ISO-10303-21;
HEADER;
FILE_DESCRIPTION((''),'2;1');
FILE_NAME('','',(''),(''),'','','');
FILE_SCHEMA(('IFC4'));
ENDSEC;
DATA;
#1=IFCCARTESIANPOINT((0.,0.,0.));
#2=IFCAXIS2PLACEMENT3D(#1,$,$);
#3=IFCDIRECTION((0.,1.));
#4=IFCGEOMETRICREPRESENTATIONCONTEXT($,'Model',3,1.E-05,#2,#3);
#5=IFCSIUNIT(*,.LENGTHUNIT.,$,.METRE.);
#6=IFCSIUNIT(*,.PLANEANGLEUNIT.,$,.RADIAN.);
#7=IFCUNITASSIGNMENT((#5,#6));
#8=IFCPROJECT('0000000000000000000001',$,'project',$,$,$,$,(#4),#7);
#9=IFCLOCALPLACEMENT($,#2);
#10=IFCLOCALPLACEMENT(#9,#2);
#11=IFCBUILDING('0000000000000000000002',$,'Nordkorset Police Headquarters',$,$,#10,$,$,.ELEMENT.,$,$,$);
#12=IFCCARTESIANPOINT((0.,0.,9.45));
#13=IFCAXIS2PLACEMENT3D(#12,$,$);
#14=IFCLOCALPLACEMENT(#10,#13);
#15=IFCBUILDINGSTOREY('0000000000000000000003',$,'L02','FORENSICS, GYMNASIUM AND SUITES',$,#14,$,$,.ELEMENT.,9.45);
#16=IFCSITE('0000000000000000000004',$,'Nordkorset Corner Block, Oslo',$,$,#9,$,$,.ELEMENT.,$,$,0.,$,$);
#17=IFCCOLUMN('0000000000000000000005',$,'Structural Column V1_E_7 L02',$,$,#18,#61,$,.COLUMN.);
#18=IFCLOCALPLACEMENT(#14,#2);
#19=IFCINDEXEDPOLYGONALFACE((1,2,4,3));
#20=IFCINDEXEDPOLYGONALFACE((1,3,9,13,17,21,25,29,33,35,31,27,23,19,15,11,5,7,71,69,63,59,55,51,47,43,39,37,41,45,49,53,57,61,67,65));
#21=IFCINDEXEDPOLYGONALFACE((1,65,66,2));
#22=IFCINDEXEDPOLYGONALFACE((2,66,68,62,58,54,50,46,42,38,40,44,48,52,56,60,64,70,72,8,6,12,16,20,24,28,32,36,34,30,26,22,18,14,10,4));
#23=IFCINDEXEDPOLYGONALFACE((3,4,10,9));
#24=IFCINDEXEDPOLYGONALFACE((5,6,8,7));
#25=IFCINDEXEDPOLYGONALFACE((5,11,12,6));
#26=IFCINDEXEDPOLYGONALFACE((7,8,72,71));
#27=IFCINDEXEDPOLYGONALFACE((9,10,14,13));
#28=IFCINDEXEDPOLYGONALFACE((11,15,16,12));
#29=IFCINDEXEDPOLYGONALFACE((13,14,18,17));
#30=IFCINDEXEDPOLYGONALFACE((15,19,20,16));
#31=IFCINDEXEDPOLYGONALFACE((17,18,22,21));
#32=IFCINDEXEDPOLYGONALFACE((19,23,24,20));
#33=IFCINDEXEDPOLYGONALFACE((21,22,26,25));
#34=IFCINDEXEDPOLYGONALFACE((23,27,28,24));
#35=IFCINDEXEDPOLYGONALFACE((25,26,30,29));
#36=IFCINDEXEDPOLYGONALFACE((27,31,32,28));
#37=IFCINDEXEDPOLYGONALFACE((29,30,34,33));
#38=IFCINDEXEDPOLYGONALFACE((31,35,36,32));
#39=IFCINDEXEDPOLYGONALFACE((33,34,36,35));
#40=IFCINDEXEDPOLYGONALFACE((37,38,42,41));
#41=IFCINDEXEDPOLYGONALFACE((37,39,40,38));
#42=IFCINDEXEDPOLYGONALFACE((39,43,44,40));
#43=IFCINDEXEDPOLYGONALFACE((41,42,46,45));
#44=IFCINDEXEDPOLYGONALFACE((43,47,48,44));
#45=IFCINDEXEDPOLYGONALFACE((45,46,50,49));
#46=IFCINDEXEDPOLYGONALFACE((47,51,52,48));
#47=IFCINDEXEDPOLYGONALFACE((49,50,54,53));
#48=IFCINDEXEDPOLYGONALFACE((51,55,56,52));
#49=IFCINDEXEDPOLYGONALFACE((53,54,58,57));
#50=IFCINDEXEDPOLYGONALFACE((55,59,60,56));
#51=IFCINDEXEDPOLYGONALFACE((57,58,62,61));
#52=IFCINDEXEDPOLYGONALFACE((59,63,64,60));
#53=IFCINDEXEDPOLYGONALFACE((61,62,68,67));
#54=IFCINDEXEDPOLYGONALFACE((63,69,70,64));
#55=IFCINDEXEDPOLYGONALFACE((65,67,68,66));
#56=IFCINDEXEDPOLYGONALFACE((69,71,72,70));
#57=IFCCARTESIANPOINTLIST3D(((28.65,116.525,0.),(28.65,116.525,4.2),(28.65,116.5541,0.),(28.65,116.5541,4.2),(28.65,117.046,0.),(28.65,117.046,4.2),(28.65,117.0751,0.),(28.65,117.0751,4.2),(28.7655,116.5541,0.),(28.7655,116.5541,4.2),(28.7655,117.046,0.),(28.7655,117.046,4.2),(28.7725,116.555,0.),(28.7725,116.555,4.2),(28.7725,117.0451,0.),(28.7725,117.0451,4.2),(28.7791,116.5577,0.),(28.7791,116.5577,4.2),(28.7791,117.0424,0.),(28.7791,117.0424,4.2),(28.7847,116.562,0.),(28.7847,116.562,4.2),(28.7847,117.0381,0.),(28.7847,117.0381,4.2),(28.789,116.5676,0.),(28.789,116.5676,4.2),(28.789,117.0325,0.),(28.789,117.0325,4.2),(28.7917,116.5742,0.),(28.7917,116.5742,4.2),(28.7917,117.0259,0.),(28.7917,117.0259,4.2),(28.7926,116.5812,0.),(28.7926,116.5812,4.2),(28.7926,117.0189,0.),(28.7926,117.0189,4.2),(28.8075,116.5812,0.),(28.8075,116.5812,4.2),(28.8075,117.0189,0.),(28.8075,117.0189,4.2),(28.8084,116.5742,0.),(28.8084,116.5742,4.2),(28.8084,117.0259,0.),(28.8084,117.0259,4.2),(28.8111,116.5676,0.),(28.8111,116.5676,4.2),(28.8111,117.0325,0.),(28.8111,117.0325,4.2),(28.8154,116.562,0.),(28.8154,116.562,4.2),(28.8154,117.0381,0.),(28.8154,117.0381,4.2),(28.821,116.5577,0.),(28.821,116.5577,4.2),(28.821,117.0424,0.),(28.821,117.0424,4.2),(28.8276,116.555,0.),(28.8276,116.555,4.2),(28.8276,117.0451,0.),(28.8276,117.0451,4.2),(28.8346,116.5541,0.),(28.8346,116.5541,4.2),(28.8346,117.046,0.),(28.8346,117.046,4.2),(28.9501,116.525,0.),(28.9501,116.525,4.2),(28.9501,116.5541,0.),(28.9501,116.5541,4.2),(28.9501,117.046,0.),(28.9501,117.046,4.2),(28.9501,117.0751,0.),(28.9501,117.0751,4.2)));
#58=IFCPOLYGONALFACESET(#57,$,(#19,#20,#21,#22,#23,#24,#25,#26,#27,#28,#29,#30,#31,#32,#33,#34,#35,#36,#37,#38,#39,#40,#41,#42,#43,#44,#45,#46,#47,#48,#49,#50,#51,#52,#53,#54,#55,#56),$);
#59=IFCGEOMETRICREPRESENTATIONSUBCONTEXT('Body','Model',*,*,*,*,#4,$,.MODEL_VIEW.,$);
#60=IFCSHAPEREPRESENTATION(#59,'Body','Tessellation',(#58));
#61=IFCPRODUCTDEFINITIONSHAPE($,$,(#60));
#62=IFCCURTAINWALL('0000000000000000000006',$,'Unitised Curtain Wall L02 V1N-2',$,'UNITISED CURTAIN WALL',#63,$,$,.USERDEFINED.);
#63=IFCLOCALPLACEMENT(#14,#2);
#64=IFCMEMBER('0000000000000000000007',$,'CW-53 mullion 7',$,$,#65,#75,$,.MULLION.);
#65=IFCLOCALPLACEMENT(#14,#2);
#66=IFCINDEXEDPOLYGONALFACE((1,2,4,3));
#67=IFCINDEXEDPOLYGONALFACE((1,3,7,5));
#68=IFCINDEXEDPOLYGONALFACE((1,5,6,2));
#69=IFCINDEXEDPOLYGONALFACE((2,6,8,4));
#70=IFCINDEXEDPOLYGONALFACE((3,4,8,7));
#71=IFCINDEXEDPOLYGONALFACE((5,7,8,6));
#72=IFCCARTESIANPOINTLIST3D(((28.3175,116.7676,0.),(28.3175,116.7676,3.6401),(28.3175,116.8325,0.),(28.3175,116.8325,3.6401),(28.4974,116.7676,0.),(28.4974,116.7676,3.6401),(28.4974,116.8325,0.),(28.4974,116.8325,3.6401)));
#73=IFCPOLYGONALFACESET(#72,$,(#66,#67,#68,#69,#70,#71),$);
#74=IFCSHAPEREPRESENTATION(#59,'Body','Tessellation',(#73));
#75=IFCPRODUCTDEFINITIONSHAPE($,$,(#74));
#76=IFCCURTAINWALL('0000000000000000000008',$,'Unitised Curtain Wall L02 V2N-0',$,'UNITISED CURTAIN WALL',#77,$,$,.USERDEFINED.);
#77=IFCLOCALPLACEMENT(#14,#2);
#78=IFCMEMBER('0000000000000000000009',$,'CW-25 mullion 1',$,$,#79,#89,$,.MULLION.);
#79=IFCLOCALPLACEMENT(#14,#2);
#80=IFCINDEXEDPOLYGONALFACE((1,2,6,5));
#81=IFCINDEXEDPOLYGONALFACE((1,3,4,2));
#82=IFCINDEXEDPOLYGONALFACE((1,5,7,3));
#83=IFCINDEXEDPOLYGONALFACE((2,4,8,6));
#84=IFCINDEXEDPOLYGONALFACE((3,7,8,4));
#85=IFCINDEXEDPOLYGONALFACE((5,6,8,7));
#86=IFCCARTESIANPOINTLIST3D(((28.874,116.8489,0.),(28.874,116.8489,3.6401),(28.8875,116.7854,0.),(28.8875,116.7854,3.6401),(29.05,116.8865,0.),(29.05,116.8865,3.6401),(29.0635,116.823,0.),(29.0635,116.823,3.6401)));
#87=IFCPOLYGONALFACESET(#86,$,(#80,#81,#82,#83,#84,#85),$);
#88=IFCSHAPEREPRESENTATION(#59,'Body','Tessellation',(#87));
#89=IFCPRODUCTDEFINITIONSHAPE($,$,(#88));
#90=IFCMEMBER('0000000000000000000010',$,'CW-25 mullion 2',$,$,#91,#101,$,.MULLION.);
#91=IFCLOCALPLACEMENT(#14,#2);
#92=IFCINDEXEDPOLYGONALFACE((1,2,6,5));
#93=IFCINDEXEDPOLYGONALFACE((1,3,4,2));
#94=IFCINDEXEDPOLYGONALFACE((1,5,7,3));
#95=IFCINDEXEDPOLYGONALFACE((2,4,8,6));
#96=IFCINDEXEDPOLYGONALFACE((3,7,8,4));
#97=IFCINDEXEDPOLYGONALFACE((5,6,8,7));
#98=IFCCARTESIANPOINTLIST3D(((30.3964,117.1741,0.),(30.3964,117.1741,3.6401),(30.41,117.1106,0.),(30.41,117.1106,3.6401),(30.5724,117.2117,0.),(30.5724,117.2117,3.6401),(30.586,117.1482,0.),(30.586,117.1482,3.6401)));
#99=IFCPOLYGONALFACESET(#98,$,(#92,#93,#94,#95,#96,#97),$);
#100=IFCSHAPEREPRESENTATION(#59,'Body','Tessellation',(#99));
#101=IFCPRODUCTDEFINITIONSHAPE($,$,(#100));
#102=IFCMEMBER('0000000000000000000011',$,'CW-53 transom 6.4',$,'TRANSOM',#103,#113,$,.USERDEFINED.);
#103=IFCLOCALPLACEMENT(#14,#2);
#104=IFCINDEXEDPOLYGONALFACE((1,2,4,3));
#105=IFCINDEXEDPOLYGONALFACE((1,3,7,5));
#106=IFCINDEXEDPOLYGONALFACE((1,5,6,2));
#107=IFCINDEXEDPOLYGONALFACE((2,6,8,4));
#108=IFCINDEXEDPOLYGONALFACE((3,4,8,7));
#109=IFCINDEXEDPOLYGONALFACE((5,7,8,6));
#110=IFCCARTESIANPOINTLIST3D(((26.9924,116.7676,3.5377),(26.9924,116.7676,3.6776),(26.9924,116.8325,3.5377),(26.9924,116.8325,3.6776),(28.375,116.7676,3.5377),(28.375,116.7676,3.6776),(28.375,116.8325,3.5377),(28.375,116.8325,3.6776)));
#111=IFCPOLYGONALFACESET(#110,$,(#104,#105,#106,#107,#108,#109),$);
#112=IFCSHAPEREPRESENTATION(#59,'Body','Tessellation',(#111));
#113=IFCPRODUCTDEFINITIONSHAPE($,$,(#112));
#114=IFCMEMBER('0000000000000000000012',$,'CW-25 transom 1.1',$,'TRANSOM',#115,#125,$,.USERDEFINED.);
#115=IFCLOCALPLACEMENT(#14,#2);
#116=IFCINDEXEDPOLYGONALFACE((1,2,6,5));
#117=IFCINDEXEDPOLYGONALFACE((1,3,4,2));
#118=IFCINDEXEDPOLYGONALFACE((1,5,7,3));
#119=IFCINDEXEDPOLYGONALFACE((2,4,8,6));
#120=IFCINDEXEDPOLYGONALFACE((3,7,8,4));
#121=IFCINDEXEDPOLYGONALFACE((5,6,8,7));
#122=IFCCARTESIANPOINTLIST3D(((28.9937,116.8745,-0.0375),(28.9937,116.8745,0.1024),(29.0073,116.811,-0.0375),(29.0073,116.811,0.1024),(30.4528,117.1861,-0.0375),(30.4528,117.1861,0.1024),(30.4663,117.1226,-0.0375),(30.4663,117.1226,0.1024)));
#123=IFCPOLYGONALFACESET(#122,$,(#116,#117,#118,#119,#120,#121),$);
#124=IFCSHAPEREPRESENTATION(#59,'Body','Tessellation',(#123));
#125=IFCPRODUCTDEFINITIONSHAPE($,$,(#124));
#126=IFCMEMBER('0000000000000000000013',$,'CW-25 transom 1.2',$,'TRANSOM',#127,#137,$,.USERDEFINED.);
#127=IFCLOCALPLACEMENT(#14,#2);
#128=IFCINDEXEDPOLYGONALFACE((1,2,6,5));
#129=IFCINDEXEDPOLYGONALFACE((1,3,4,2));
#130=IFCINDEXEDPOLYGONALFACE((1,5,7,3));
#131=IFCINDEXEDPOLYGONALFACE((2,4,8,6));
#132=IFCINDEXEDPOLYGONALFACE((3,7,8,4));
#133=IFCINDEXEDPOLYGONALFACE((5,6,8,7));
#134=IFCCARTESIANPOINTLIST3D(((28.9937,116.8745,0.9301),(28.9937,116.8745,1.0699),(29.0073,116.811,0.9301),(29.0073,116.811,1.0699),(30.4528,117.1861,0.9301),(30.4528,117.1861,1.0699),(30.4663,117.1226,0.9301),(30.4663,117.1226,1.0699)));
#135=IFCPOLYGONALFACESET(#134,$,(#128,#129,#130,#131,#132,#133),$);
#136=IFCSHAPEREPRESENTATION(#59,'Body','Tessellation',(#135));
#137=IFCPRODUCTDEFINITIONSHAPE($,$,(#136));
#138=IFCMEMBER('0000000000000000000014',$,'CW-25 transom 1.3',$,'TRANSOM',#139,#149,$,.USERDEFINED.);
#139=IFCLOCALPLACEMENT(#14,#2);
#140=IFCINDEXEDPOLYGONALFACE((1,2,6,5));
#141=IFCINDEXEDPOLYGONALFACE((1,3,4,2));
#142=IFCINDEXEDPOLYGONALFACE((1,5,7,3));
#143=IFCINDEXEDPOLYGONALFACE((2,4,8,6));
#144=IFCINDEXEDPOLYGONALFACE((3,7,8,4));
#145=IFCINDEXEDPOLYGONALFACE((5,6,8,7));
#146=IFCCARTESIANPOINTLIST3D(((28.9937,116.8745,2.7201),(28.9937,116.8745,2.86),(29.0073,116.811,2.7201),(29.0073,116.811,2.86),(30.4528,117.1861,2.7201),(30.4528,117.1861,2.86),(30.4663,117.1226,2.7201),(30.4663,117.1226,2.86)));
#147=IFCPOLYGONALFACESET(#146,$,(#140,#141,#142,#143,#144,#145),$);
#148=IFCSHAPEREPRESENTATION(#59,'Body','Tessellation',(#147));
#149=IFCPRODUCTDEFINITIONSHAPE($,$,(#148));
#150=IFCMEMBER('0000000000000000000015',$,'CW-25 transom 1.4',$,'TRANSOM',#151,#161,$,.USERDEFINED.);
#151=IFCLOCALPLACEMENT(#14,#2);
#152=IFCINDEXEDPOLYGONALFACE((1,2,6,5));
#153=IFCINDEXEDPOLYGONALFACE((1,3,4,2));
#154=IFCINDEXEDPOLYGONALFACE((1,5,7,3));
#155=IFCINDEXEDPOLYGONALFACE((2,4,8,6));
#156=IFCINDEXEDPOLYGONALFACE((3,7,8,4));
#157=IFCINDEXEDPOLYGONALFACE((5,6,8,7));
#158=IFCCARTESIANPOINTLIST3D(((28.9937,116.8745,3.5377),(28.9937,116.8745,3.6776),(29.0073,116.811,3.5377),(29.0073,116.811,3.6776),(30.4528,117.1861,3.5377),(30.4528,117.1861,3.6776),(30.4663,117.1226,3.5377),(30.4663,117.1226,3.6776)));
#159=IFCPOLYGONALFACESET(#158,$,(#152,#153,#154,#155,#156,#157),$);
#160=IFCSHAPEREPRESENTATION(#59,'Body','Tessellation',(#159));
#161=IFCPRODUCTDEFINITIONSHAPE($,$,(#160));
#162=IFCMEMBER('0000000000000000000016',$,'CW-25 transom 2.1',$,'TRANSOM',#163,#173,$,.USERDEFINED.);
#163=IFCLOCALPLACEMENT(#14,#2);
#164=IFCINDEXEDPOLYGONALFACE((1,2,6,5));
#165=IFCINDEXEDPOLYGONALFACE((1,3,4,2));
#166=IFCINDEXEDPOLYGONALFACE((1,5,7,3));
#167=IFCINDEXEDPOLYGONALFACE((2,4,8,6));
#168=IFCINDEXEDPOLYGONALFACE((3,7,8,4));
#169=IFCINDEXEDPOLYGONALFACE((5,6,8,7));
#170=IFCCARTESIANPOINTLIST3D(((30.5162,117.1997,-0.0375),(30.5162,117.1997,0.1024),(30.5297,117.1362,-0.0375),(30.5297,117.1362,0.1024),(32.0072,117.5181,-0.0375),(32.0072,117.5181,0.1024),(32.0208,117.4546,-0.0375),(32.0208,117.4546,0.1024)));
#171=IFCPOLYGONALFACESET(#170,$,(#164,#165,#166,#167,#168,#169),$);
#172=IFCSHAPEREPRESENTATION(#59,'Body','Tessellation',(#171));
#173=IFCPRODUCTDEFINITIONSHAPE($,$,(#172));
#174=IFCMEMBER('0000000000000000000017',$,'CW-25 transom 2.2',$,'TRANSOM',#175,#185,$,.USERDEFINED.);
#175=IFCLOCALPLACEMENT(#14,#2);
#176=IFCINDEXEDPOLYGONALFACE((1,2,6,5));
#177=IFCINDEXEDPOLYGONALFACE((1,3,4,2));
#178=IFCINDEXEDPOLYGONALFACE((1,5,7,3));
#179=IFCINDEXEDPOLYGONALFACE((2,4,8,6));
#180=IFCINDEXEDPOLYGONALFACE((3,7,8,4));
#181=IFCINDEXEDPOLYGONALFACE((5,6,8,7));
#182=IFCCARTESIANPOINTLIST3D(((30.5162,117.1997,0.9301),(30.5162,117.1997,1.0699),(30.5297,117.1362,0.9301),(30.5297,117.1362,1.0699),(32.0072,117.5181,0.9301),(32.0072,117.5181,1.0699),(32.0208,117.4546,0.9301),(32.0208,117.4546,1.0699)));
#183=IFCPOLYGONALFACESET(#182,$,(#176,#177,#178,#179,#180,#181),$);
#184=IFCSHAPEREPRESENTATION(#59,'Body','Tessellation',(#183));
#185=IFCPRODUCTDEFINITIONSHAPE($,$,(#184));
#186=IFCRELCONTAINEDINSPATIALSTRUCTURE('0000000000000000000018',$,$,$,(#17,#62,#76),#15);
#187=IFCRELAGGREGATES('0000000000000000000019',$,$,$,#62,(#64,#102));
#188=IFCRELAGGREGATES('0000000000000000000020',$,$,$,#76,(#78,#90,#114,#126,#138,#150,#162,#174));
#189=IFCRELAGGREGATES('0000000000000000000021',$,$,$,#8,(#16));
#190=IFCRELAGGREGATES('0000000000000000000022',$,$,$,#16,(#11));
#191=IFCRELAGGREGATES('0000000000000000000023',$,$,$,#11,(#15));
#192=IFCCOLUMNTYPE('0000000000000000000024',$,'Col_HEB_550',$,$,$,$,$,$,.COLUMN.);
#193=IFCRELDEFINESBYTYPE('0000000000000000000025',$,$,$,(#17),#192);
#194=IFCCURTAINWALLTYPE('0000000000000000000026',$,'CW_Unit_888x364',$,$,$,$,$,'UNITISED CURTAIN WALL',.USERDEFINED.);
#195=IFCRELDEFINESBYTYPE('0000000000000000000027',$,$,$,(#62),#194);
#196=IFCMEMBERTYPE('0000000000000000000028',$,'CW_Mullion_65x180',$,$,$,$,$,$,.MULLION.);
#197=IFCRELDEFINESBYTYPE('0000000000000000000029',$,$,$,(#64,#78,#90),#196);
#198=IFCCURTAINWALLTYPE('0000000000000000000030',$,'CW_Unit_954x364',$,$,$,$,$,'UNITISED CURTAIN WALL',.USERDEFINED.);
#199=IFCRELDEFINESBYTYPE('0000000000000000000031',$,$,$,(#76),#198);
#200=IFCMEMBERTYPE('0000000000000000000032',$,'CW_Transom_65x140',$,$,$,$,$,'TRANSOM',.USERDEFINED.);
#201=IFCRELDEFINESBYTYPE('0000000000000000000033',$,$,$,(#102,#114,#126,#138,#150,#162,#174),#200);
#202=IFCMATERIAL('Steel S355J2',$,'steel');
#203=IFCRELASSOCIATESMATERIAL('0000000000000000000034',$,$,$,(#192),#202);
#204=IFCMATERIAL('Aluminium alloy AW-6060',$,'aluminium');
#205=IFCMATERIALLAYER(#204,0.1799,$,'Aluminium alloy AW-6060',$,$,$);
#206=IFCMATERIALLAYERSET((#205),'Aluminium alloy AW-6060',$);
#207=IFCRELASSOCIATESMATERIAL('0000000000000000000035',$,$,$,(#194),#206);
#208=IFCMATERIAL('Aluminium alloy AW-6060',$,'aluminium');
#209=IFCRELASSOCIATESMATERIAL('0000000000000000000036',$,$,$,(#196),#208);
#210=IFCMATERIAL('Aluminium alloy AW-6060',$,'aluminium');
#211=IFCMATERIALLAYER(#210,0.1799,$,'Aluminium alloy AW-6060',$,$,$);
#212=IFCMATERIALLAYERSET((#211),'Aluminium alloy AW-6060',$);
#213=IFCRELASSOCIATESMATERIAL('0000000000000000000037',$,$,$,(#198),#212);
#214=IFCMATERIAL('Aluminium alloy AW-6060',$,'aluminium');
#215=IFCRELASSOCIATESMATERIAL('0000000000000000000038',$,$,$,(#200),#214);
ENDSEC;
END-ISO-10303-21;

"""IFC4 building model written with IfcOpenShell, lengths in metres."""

from ifc_helpers import new_model, si_unit, direction, frame, origin, origin_2d, place, context, subcontext, project, spatial, rectangle, i_section, extrude, material, layer, layer_set, material_profile, profile_set, type_object, element, aggregate, save


model = new_model("IFC4")

# Units and contexts
model_context = context("Model", 3, precision=1e-05, world=origin(), true_north=direction((0.0, 1.0)))
body_context = subcontext(model_context, "Body", "Model", "MODEL_VIEW")
ifc_project = project(units=[si_unit("LENGTHUNIT", "METRE"), si_unit("PLANEANGLEUNIT", "RADIAN")], contexts=[model_context])

# Site, building, storey
site_placement = place(None, origin())
site = spatial("IfcSite", under=ifc_project, at=site_placement, Name="Nordkorset Corner Block, Oslo", CompositionType="ELEMENT", RefElevation=0.0)
building_placement = place(site_placement, origin())
building = spatial("IfcBuilding", under=site, at=building_placement, Name="Nordkorset Police Headquarters", CompositionType="ELEMENT")
storey_placement = place(building_placement, frame((0.0, 0.0, 9.45)))
storey = spatial("IfcBuildingStorey", under=building, at=storey_placement, Name="L02", Description="FORENSICS, GYMNASIUM AND SUITES", CompositionType="ELEMENT", Elevation=9.45)

# Column
ifc_material_1 = material(Name="Steel S355J2", Category="steel")
ifc_material_profile_1 = material_profile(ifc_material_1, i_section(OverallWidth=0.3, OverallDepth=0.55, WebThickness=0.0149, FlangeThickness=0.0291, FilletRadius=0.0271, at=origin_2d()), Name="HEB 550")
ifc_profile_set_1 = profile_set([ifc_material_profile_1], Name="Steel S355J2")
column_type = type_object("IfcColumnType", Name="Col_HEB_550", PredefinedType="COLUMN", material=ifc_profile_set_1)
column_placement = place(storey_placement, frame((28.8, 116.8, 0.0), z_axis=(0.0, 0.0, 1.0), x_axis=(1.0, 0.0, 0.0)))
element("IfcColumn", 1, at=column_placement, inside=storey, type_object=column_type, Name="Structural Column V1_E_7 L02", PredefinedType="COLUMN", context=body_context, shape_type="SweptSolid", body=[
    extrude(i_section(OverallWidth=0.3, OverallDepth=0.55, WebThickness=0.0149, FlangeThickness=0.0291, FilletRadius=0.0271, at=origin_2d()), origin(), (0.0, 0.0, 1.0), 4.2),
])

# Curtain wall, member
ifc_material_2 = material(Name="Aluminium alloy AW-6060", Category="aluminium")
ifc_layer_1 = layer(ifc_material_2, 0.1799, Name="Aluminium alloy AW-6060")
ifc_layer_set_1 = layer_set([ifc_layer_1], Name="Aluminium alloy AW-6060")
curtain_wall_type_1 = type_object("IfcCurtainWallType", Name="CW_Unit_888x364", ElementType="UNITISED CURTAIN WALL", PredefinedType="USERDEFINED", material=ifc_layer_set_1)
curtain_wall_1_placement = place(storey_placement, origin())
curtain_wall_1 = element("IfcCurtainWall", 2, at=curtain_wall_1_placement, inside=storey, type_object=curtain_wall_type_1, Name="Unitised Curtain Wall L02 V1N-2", ObjectType="UNITISED CURTAIN WALL", PredefinedType="USERDEFINED")
ifc_material_3 = material(Name="Aluminium alloy AW-6060", Category="aluminium")
ifc_material_profile_2 = material_profile(ifc_material_3, rectangle(XDim=0.0649, YDim=0.1799, at=origin_2d()), Name="ALU MULL 65x180")
ifc_profile_set_2 = profile_set([ifc_material_profile_2], Name="Aluminium alloy AW-6060")
member_type_1 = type_object("IfcMemberType", Name="CW_Mullion_65x180", PredefinedType="MULLION", material=ifc_profile_set_2)
member_1_placement = place(storey_placement, frame((28.4075, 116.8, 0.0), z_axis=(0.0, 0.0, 1.0), x_axis=(0.0, 1.0, 0.0)))
member_1 = element("IfcMember", 3, at=member_1_placement, type_object=member_type_1, Name="CW-53 mullion 7", PredefinedType="MULLION", context=body_context, shape_type="SweptSolid", body=[
    extrude(rectangle(XDim=0.0649, YDim=0.1799, at=origin_2d()), origin(), (0.0, 0.0, 1.0), 3.6401),
])

# Curtain wall, members
ifc_material_4 = material(Name="Aluminium alloy AW-6060", Category="aluminium")
ifc_layer_2 = layer(ifc_material_4, 0.1799, Name="Aluminium alloy AW-6060")
ifc_layer_set_2 = layer_set([ifc_layer_2], Name="Aluminium alloy AW-6060")
curtain_wall_type_2 = type_object("IfcCurtainWallType", Name="CW_Unit_954x364", ElementType="UNITISED CURTAIN WALL", PredefinedType="USERDEFINED", material=ifc_layer_set_2)
curtain_wall_2_placement = place(storey_placement, origin())
curtain_wall_2 = element("IfcCurtainWall", 4, at=curtain_wall_2_placement, inside=storey, type_object=curtain_wall_type_2, Name="Unitised Curtain Wall L02 V2N-0", ObjectType="UNITISED CURTAIN WALL", PredefinedType="USERDEFINED")
member_2_placement = place(storey_placement, frame((28.9688, 116.8359, 0.0), z_axis=(0.0, 0.0, 1.0), x_axis=(-0.208833, 0.977951, 0.0)))
member_2 = element("IfcMember", 5, at=member_2_placement, type_object=member_type_1, Name="CW-25 mullion 1", PredefinedType="MULLION", context=body_context, shape_type="SweptSolid", body=[
    extrude(rectangle(XDim=0.0649, YDim=0.1799, at=origin_2d()), origin(), (0.0, 0.0, 1.0), 3.6401),
])
member_3_placement = place(storey_placement, frame((30.4912, 117.1611, 0.0), z_axis=(0.0, 0.0, 1.0), x_axis=(-0.208833, 0.977951, 0.0)))
member_3 = element("IfcMember", 6, at=member_3_placement, type_object=member_type_1, Name="CW-25 mullion 2", PredefinedType="MULLION", context=body_context, shape_type="SweptSolid", body=[
    extrude(rectangle(XDim=0.0649, YDim=0.1799, at=origin_2d()), origin(), (0.0, 0.0, 1.0), 3.6401),
])

# Members
ifc_material_5 = material(Name="Aluminium alloy AW-6060", Category="aluminium")
ifc_material_profile_3 = material_profile(ifc_material_5, rectangle(XDim=0.0649, YDim=0.1399, at=origin_2d()), Name="ALU TRAN 65x140")
ifc_profile_set_3 = profile_set([ifc_material_profile_3], Name="Aluminium alloy AW-6060")
member_type_2 = type_object("IfcMemberType", Name="CW_Transom_65x140", ElementType="TRANSOM", PredefinedType="USERDEFINED", material=ifc_profile_set_3)
member_4_placement = place(storey_placement, frame((26.9924, 116.8, 3.6077), z_axis=(1.0, 0.0, 0.0), x_axis=(0.0, 1.0, 0.0)))
member_4 = element("IfcMember", 7, at=member_4_placement, type_object=member_type_2, Name="CW-53 transom 6.4", ObjectType="TRANSOM", PredefinedType="USERDEFINED", context=body_context, shape_type="SweptSolid", body=[
    extrude(rectangle(XDim=0.0649, YDim=0.1399, at=origin_2d()), origin(), (0.0, 0.0, 1.0), 1.3826),
])
member_5_placement = place(storey_placement, frame((29.0005, 116.8428, 0.0325), z_axis=(0.977955, 0.208814, 0.0), x_axis=(-0.208814, 0.977955, 0.0)))
member_5 = element("IfcMember", 8, at=member_5_placement, type_object=member_type_2, Name="CW-25 transom 1.1", ObjectType="TRANSOM", PredefinedType="USERDEFINED", context=body_context, shape_type="SweptSolid", body=[
    extrude(rectangle(XDim=0.0649, YDim=0.1399, at=origin_2d()), origin(), (0.0, 0.0, 1.0), 1.4919),
])
member_6_placement = place(storey_placement, frame((29.0005, 116.8428, 1.0), z_axis=(0.977955, 0.208814, 0.0), x_axis=(-0.208814, 0.977955, 0.0)))
member_6 = element("IfcMember", 9, at=member_6_placement, type_object=member_type_2, Name="CW-25 transom 1.2", ObjectType="TRANSOM", PredefinedType="USERDEFINED", context=body_context, shape_type="SweptSolid", body=[
    extrude(rectangle(XDim=0.0649, YDim=0.1399, at=origin_2d()), origin(), (0.0, 0.0, 1.0), 1.4919),
])
member_7_placement = place(storey_placement, frame((29.0005, 116.8428, 2.79), z_axis=(0.977955, 0.208814, 0.0), x_axis=(-0.208814, 0.977955, 0.0)))
member_7 = element("IfcMember", 10, at=member_7_placement, type_object=member_type_2, Name="CW-25 transom 1.3", ObjectType="TRANSOM", PredefinedType="USERDEFINED", context=body_context, shape_type="SweptSolid", body=[
    extrude(rectangle(XDim=0.0649, YDim=0.1399, at=origin_2d()), origin(), (0.0, 0.0, 1.0), 1.4919),
])
member_8_placement = place(storey_placement, frame((29.0005, 116.8428, 3.6077), z_axis=(0.977955, 0.208814, 0.0), x_axis=(-0.208814, 0.977955, 0.0)))
member_8 = element("IfcMember", 11, at=member_8_placement, type_object=member_type_2, Name="CW-25 transom 1.4", ObjectType="TRANSOM", PredefinedType="USERDEFINED", context=body_context, shape_type="SweptSolid", body=[
    extrude(rectangle(XDim=0.0649, YDim=0.1399, at=origin_2d()), origin(), (0.0, 0.0, 1.0), 1.4919),
])
member_9_placement = place(storey_placement, frame((30.5229, 117.168, 0.0325), z_axis=(0.977954, 0.208818, 0.0), x_axis=(-0.208818, 0.977954, 0.0)))
member_9 = element("IfcMember", 12, at=member_9_placement, type_object=member_type_2, Name="CW-25 transom 2.1", ObjectType="TRANSOM", PredefinedType="USERDEFINED", context=body_context, shape_type="SweptSolid", body=[
    extrude(rectangle(XDim=0.0649, YDim=0.1399, at=origin_2d()), origin(), (0.0, 0.0, 1.0), 1.5247),
])
member_10_placement = place(storey_placement, frame((30.5229, 117.168, 1.0), z_axis=(0.977954, 0.208818, 0.0), x_axis=(-0.208818, 0.977954, 0.0)))
member_10 = element("IfcMember", 13, at=member_10_placement, type_object=member_type_2, Name="CW-25 transom 2.2", ObjectType="TRANSOM", PredefinedType="USERDEFINED", context=body_context, shape_type="SweptSolid", body=[
    extrude(rectangle(XDim=0.0649, YDim=0.1399, at=origin_2d()), origin(), (0.0, 0.0, 1.0), 1.5247),
])

aggregate(curtain_wall_1, [member_1, member_4])
aggregate(curtain_wall_2, [member_2, member_3, member_5, member_6, member_7, member_8, member_9, member_10])

save(model, "model.ifc")
